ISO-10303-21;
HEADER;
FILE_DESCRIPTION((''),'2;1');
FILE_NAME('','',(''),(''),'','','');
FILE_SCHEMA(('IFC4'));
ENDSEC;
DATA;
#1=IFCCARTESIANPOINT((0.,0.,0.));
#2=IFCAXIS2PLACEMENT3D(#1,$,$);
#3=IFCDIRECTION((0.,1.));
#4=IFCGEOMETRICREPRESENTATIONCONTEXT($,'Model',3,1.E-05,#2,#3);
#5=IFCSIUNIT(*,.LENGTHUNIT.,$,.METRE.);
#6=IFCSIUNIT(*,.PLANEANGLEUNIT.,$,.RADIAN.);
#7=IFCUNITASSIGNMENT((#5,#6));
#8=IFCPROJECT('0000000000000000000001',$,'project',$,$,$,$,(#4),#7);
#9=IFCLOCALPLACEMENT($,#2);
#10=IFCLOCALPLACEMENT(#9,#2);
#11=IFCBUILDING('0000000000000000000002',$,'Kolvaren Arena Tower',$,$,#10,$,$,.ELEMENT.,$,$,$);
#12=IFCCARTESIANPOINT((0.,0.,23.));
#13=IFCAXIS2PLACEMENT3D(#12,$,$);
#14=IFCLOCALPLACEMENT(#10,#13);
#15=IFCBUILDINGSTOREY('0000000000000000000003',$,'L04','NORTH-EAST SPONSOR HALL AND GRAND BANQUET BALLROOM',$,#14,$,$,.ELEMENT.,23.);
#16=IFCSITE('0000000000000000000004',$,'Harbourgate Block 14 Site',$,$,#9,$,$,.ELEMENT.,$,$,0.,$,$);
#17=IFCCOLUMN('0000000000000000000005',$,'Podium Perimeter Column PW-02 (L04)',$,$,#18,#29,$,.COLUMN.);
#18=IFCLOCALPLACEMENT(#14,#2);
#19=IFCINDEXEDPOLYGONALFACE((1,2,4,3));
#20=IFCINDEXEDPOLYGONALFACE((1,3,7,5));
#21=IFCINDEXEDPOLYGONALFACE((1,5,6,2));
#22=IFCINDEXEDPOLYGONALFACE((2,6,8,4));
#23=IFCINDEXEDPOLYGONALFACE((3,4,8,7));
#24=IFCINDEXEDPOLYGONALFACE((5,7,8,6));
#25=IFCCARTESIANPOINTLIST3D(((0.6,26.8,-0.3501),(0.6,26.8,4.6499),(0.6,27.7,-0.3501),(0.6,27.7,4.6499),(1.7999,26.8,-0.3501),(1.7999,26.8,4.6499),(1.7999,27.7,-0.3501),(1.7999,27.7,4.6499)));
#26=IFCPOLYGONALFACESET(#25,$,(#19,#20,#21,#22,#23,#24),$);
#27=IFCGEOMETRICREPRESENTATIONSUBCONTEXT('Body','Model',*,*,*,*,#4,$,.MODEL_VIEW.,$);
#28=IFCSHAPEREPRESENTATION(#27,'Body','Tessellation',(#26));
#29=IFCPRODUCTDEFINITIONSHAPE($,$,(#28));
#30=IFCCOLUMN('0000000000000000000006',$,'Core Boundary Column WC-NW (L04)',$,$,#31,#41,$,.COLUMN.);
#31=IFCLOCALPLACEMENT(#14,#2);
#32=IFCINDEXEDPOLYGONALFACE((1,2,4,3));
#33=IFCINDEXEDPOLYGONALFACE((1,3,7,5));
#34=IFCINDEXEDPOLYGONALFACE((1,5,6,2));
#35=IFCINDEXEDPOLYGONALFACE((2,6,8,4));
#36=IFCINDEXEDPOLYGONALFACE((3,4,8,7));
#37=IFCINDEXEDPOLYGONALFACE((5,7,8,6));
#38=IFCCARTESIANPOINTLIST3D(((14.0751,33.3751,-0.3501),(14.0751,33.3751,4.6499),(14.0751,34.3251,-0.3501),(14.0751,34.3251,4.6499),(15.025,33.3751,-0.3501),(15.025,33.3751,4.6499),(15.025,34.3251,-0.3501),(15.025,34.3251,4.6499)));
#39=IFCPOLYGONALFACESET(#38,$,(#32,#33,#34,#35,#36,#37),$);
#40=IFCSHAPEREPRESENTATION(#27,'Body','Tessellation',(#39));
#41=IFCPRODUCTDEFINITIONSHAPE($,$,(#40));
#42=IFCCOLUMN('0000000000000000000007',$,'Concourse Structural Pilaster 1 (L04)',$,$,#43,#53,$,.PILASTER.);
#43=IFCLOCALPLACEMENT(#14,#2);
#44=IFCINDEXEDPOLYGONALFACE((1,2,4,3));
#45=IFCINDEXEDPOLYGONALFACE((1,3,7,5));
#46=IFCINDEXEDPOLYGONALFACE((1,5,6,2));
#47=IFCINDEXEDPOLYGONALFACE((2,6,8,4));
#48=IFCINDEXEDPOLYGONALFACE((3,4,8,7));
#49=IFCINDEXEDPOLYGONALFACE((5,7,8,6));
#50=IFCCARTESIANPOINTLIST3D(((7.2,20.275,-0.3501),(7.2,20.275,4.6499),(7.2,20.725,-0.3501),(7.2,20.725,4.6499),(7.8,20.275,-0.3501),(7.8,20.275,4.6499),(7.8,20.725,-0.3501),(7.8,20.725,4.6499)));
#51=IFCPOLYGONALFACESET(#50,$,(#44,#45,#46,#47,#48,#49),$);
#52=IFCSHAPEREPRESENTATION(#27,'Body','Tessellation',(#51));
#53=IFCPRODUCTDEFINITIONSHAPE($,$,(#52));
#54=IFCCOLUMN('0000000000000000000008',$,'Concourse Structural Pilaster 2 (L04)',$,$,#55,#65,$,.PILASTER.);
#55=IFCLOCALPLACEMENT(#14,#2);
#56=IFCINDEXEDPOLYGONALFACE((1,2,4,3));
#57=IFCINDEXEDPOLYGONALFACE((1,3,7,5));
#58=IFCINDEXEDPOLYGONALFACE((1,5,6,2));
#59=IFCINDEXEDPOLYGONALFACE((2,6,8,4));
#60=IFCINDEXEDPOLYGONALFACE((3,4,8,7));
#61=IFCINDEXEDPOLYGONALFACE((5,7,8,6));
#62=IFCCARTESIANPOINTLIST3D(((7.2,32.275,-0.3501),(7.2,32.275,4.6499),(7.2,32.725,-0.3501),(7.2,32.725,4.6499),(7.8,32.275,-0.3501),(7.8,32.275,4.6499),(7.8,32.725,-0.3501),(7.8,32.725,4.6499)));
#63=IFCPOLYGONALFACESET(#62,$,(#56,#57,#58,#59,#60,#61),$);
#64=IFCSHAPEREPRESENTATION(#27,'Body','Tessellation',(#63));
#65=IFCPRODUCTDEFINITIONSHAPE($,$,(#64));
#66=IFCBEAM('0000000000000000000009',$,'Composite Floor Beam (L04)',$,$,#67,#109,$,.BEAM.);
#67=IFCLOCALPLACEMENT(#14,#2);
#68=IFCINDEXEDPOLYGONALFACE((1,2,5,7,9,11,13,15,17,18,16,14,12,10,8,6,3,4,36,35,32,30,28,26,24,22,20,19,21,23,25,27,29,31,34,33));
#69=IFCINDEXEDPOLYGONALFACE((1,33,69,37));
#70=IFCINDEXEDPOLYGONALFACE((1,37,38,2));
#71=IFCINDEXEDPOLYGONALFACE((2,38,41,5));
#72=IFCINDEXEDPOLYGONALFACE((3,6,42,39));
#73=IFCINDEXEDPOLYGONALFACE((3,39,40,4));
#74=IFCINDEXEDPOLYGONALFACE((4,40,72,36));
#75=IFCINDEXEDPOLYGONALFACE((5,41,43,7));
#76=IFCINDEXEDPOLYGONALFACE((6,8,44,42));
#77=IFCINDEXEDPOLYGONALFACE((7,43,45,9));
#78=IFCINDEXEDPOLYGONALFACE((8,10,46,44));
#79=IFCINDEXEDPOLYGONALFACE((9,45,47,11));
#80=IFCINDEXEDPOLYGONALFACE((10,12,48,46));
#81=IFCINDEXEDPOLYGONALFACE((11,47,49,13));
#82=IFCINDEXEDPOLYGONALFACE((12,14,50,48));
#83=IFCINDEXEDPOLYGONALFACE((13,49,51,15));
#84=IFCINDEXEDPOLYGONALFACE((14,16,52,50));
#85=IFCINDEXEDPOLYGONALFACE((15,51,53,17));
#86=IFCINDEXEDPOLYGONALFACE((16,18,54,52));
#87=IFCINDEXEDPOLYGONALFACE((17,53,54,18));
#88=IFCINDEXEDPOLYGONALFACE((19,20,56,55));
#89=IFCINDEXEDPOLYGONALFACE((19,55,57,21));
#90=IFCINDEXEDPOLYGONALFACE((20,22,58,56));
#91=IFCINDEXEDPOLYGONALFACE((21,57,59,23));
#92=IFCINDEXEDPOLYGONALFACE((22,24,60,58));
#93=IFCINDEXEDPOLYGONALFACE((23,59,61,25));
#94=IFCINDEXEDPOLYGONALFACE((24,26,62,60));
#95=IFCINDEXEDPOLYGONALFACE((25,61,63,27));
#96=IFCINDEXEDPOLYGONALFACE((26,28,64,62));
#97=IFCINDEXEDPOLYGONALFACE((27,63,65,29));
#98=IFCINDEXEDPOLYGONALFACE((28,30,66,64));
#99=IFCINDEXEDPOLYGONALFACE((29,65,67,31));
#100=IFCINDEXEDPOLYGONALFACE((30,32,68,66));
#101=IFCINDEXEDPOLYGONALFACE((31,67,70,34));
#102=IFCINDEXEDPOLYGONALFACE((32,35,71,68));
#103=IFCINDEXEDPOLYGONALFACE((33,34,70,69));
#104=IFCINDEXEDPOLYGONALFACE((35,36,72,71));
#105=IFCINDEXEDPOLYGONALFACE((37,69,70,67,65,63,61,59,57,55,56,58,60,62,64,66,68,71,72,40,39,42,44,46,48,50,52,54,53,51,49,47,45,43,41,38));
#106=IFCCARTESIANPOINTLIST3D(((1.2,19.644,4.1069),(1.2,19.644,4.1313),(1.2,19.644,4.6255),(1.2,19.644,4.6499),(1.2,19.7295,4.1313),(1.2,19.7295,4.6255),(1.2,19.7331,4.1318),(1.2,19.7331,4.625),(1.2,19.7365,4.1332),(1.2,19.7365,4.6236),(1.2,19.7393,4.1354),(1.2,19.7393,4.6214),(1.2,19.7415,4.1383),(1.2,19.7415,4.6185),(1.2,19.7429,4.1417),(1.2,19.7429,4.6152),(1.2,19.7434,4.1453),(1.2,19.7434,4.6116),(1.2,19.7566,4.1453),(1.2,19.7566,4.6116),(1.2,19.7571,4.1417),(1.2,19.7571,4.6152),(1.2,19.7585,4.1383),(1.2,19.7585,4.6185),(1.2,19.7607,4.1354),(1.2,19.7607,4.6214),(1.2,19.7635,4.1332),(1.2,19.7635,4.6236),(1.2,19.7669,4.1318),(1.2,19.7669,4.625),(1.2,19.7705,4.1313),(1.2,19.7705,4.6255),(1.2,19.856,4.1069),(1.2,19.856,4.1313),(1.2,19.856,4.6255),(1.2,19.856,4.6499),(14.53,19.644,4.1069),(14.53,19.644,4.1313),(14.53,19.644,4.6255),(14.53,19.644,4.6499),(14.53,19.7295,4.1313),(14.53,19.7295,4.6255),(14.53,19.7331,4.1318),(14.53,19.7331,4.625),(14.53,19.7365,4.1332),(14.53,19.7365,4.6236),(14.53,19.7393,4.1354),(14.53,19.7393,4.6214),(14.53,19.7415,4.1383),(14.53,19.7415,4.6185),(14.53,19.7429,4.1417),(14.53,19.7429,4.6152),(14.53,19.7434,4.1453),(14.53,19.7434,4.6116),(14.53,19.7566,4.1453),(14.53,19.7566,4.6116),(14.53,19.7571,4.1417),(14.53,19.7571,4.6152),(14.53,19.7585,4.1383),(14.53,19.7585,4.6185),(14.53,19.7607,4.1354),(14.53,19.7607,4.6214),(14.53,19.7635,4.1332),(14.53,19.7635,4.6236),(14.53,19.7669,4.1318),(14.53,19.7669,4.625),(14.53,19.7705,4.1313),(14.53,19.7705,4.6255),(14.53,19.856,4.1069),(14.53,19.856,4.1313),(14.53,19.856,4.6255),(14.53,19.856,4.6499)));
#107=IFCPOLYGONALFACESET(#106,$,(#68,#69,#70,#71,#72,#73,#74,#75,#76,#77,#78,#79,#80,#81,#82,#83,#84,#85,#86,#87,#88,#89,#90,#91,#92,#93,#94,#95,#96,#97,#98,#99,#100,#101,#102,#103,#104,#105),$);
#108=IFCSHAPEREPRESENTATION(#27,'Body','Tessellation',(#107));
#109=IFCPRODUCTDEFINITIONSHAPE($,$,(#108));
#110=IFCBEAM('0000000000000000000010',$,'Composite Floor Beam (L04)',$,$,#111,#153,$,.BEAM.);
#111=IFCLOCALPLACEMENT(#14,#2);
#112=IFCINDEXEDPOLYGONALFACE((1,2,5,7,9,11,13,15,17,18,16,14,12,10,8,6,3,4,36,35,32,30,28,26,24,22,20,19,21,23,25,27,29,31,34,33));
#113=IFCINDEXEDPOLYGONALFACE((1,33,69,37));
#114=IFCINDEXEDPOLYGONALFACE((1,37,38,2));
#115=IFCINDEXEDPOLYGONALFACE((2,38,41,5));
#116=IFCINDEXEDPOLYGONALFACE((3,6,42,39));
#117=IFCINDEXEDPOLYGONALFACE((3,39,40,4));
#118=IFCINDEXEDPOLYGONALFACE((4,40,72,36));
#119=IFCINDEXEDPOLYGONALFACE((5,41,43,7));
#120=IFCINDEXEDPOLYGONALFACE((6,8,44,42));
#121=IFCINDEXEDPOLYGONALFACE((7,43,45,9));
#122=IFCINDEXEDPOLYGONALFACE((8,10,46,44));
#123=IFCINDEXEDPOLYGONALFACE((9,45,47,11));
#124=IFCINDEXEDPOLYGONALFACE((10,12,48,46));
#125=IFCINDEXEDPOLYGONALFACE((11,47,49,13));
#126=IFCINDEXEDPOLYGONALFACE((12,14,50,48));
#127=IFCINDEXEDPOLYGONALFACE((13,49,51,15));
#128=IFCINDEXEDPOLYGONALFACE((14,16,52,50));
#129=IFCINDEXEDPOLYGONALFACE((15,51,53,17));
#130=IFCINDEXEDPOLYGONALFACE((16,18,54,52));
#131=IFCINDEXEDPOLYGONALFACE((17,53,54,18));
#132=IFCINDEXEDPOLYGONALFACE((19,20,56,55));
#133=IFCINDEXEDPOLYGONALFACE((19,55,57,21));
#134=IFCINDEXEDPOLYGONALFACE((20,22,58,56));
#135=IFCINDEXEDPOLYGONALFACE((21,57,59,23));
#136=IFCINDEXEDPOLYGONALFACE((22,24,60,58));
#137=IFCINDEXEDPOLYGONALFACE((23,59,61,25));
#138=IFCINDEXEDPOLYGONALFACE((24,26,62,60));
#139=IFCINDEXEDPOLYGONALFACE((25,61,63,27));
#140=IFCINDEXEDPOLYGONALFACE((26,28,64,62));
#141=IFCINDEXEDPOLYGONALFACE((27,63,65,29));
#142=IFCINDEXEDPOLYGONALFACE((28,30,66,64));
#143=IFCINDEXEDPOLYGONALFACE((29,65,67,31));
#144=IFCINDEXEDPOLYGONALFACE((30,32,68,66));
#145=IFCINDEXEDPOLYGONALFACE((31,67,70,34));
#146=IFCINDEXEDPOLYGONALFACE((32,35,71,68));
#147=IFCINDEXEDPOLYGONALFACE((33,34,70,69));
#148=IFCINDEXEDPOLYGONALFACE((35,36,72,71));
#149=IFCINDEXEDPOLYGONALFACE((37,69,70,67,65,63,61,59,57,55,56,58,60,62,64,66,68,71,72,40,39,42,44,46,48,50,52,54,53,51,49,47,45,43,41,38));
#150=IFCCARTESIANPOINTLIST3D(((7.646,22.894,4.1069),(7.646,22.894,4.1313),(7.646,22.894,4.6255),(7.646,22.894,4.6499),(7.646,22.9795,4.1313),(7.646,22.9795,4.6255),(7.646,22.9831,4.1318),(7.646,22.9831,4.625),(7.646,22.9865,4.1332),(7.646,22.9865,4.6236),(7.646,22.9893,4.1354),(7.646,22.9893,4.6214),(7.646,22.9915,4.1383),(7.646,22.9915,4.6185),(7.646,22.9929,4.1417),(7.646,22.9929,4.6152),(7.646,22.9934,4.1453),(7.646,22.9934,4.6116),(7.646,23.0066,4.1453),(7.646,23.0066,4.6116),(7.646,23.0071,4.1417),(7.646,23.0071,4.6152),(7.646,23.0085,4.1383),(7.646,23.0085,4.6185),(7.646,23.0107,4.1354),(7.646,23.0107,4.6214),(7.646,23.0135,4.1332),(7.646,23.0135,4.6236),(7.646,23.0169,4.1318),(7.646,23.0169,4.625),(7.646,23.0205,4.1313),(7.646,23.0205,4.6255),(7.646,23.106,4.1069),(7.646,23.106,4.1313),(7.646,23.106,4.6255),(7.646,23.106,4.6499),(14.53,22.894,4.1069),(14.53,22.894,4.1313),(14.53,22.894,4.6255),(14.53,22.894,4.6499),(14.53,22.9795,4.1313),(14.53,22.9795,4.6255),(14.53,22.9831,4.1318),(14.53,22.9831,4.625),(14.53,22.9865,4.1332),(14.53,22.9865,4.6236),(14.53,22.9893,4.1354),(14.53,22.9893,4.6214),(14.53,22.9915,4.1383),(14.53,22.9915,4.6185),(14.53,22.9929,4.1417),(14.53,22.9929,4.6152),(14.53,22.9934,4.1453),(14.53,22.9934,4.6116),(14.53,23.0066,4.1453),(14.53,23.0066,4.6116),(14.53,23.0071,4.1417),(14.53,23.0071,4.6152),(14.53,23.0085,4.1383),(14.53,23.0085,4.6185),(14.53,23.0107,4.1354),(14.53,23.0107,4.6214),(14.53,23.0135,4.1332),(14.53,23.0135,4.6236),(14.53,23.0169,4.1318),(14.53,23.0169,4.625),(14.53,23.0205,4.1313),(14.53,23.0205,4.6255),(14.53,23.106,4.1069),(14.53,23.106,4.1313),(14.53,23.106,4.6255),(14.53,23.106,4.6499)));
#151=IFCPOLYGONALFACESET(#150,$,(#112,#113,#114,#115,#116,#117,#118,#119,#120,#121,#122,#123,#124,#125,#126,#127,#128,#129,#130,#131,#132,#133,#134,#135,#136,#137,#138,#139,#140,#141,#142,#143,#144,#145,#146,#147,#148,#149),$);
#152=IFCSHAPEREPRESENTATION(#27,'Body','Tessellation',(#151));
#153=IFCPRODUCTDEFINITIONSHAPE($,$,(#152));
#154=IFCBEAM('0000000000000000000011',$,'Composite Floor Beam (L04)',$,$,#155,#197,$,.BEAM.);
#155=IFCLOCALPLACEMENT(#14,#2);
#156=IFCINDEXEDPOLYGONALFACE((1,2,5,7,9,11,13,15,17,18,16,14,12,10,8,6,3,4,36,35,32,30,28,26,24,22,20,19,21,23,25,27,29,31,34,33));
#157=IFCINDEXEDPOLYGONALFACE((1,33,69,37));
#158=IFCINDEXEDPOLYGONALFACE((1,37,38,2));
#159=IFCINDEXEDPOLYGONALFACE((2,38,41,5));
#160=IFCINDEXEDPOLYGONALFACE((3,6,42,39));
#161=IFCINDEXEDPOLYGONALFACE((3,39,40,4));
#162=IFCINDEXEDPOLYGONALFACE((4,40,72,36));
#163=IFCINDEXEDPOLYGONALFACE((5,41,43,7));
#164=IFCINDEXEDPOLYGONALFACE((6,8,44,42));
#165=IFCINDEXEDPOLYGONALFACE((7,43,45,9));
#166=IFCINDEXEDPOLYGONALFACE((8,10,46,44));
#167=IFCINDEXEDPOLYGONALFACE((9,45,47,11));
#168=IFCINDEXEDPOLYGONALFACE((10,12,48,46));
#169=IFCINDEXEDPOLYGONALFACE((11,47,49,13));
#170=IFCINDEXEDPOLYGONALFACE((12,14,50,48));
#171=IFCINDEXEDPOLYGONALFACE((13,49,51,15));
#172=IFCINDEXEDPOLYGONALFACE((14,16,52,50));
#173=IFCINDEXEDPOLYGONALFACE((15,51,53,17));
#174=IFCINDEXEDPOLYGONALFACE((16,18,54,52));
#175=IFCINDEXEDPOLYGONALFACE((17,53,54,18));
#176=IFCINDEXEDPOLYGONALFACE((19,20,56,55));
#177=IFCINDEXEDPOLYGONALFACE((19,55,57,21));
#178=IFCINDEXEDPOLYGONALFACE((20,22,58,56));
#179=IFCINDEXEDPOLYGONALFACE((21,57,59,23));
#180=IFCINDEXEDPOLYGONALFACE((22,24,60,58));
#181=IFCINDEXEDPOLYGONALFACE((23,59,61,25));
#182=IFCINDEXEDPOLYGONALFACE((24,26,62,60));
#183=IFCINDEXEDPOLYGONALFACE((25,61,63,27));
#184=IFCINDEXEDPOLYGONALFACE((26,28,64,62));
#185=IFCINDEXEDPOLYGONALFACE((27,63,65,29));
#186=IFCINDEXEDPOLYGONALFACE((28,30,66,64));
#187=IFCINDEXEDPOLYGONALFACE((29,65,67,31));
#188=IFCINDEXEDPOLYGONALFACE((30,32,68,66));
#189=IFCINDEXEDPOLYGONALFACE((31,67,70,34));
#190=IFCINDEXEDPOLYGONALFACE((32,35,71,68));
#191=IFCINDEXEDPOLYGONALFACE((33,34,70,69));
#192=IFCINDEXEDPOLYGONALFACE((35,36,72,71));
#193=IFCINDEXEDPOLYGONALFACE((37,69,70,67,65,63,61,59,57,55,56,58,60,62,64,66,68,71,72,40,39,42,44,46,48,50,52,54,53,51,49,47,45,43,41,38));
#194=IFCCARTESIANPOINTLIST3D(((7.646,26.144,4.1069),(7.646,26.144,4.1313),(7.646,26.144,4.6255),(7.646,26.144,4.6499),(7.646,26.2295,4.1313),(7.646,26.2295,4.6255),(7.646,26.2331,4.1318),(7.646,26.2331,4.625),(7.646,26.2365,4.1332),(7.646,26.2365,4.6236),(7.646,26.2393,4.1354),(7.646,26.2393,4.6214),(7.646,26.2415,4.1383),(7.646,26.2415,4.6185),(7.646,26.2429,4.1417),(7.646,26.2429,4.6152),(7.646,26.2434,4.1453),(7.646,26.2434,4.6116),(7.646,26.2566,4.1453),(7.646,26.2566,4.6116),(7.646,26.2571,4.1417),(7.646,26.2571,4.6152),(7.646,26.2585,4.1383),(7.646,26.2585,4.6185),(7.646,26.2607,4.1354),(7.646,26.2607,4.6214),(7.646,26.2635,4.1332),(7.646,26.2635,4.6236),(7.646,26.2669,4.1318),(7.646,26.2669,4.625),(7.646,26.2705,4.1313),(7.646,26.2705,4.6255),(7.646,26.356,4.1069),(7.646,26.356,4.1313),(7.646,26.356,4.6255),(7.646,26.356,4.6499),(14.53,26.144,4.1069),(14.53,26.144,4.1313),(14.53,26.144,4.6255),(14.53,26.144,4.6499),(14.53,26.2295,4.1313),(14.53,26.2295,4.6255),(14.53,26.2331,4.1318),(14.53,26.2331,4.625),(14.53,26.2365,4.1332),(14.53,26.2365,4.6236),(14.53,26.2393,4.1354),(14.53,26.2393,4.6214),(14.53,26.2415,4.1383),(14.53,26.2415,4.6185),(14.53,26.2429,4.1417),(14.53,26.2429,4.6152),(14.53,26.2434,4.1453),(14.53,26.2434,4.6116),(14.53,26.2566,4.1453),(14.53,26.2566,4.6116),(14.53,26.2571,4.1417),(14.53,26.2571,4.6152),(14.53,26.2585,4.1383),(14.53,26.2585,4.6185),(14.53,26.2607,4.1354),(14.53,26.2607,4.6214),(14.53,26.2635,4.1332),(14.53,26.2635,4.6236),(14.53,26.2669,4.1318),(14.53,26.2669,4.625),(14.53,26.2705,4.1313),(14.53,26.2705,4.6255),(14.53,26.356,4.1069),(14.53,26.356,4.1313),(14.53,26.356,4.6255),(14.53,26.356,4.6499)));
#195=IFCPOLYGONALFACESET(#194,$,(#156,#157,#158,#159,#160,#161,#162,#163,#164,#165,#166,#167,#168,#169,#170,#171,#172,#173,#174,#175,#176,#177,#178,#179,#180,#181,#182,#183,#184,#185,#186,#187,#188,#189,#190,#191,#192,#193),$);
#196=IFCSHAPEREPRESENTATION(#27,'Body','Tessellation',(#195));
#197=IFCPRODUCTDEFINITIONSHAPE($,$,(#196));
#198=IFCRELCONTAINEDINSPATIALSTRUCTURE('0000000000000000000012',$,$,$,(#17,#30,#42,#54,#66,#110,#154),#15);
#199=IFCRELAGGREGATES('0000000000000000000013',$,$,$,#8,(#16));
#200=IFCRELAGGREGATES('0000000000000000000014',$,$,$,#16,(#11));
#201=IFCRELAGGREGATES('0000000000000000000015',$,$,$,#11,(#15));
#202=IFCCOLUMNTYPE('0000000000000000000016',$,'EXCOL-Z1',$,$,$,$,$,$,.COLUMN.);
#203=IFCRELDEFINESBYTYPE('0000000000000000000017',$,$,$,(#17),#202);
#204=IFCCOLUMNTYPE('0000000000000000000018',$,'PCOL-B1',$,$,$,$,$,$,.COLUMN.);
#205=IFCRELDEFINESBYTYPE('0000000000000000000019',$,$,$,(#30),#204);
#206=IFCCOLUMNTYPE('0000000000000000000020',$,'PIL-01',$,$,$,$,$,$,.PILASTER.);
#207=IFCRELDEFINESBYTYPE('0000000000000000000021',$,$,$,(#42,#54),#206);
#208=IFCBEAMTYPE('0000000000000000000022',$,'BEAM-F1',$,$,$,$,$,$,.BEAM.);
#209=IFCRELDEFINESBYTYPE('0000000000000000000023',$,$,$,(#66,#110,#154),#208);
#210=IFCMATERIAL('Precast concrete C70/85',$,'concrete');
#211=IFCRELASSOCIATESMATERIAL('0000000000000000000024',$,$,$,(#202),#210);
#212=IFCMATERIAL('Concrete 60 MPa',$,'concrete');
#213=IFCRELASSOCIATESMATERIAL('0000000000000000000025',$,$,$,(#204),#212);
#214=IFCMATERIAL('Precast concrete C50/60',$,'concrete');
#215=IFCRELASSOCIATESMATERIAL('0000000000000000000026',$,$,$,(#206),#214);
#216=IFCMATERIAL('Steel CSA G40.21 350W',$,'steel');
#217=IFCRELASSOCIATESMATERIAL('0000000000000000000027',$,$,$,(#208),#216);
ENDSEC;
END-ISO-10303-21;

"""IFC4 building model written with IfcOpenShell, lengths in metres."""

from ifc_helpers import new_model, si_unit, direction, frame, origin, origin_2d, place, context, subcontext, project, spatial, rectangle, i_section, extrude, material, material_profile, profile_set, type_object, element, save


model = new_model("IFC4")

# Units and contexts
model_context = context("Model", 3, precision=1e-05, world=origin(), true_north=direction((0.0, 1.0)))
body_context = subcontext(model_context, "Body", "Model", "MODEL_VIEW")
ifc_project = project(units=[si_unit("LENGTHUNIT", "METRE"), si_unit("PLANEANGLEUNIT", "RADIAN")], contexts=[model_context])

# Site, building, storey
site_placement = place(None, origin())
site = spatial("IfcSite", under=ifc_project, at=site_placement, Name="Harbourgate Block 14 Site", CompositionType="ELEMENT", RefElevation=0.0)
building_placement = place(site_placement, origin())
building = spatial("IfcBuilding", under=site, at=building_placement, Name="Kolvaren Arena Tower", CompositionType="ELEMENT")
storey_placement = place(building_placement, frame((0.0, 0.0, 23.0)))
storey = spatial("IfcBuildingStorey", under=building, at=storey_placement, Name="L04", Description="NORTH-EAST SPONSOR HALL AND GRAND BANQUET BALLROOM", CompositionType="ELEMENT", Elevation=23.0)

# Columns
ifc_material_1 = material(Name="Precast concrete C70/85", Category="concrete")
ifc_material_profile_1 = material_profile(ifc_material_1, rectangle(XDim=1.2, YDim=0.8999, at=origin_2d()), Name="RC-1200x900")
ifc_profile_set_1 = profile_set([ifc_material_profile_1], Name="Precast concrete C70/85")
column_type_1 = type_object("IfcColumnType", Name="EXCOL-Z1", PredefinedType="COLUMN", material=ifc_profile_set_1)
column_1_placement = place(storey_placement, frame((1.2, 27.25, -0.3501), z_axis=(0.0, 0.0, 1.0), x_axis=(1.0, 0.0, 0.0)))
element("IfcColumn", 1, at=column_1_placement, inside=storey, type_object=column_type_1, Name="Podium Perimeter Column PW-02 (L04)", PredefinedType="COLUMN", context=body_context, shape_type="SweptSolid", body=[
    extrude(rectangle(XDim=1.2, YDim=0.8999, at=origin_2d()), origin(), (0.0, 0.0, 1.0), 5.0),
])
ifc_material_2 = material(Name="Concrete 60 MPa", Category="concrete")
ifc_material_profile_2 = material_profile(ifc_material_2, rectangle(XDim=0.95, YDim=0.95, at=origin_2d()), Name="RC-950x950")
ifc_profile_set_2 = profile_set([ifc_material_profile_2], Name="Concrete 60 MPa")
column_type_2 = type_object("IfcColumnType", Name="PCOL-B1", PredefinedType="COLUMN", material=ifc_profile_set_2)
column_2_placement = place(storey_placement, frame((14.55, 33.8501, -0.3501), z_axis=(0.0, 0.0, 1.0), x_axis=(1.0, 0.0, 0.0)))
element("IfcColumn", 2, at=column_2_placement, inside=storey, type_object=column_type_2, Name="Core Boundary Column WC-NW (L04)", PredefinedType="COLUMN", context=body_context, shape_type="SweptSolid", body=[
    extrude(rectangle(XDim=0.95, YDim=0.95, at=origin_2d()), origin(), (0.0, 0.0, 1.0), 5.0),
])
ifc_material_3 = material(Name="Precast concrete C50/60", Category="concrete")
ifc_material_profile_3 = material_profile(ifc_material_3, rectangle(XDim=0.6001, YDim=0.45, at=origin_2d()), Name="RC-600x450")
ifc_profile_set_3 = profile_set([ifc_material_profile_3], Name="Precast concrete C50/60")
column_type_3 = type_object("IfcColumnType", Name="PIL-01", PredefinedType="PILASTER", material=ifc_profile_set_3)
for number, where, z_axis, x_axis, name in (
    (3, (7.5, 20.5, -0.3501), (0.0, 0.0, 1.0), (1.0, 0.0, 0.0), "Concourse Structural Pilaster 1 (L04)"),
    (4, (7.5, 32.5, -0.3501), (0.0, 0.0, 1.0), (1.0, 0.0, 0.0), "Concourse Structural Pilaster 2 (L04)"),
):
    element("IfcColumn", number, at=place(storey_placement, frame(where, z_axis=z_axis, x_axis=x_axis)), inside=storey, type_object=column_type_3, Name=name, PredefinedType="PILASTER", context=body_context, shape_type="SweptSolid", body=[
        extrude(rectangle(XDim=0.6001, YDim=0.45, at=origin_2d()), origin(), (0.0, 0.0, 1.0), 5.0),
    ])

# Beams
ifc_material_4 = material(Name="Steel CSA G40.21 350W", Category="steel")
ifc_material_profile_4 = material_profile(ifc_material_4, i_section(OverallWidth=0.2119, OverallDepth=0.543, WebThickness=0.0132, FlangeThickness=0.0244, FilletRadius=0.0139, at=origin_2d()), Name="W530x150")
ifc_profile_set_4 = profile_set([ifc_material_profile_4], Name="Steel CSA G40.21 350W")
beam_type_1 = type_object("IfcBeamType", Name="BEAM-F1", PredefinedType="BEAM", material=ifc_profile_set_4)
beam_1_placement = place(storey_placement, frame((1.2, 19.75, 4.3784), z_axis=(1.0, 0.0, 0.0), x_axis=(0.0, 1.0, 0.0)))
element("IfcBeam", 5, at=beam_1_placement, inside=storey, type_object=beam_type_1, Name="Composite Floor Beam (L04)", PredefinedType="BEAM", context=body_context, shape_type="SweptSolid", body=[
    extrude(i_section(OverallWidth=0.2119, OverallDepth=0.543, WebThickness=0.0132, FlangeThickness=0.0244, FilletRadius=0.0139, at=origin_2d()), origin(), (0.0, 0.0, 1.0), 13.3301),
])
for number, where, z_axis, x_axis, name in (
    (6, (7.646, 23.0, 4.3784), (1.0, 0.0, 0.0), (0.0, 1.0, 0.0), "Composite Floor Beam (L04)"),
    (7, (7.646, 26.25, 4.3784), (1.0, 0.0, 0.0), (0.0, 1.0, 0.0), "Composite Floor Beam (L04)"),
):
    element("IfcBeam", number, at=place(storey_placement, frame(where, z_axis=z_axis, x_axis=x_axis)), inside=storey, type_object=beam_type_1, Name=name, PredefinedType="BEAM", context=body_context, shape_type="SweptSolid", body=[
        extrude(i_section(OverallWidth=0.2119, OverallDepth=0.543, WebThickness=0.0132, FlangeThickness=0.0244, FilletRadius=0.0139, at=origin_2d()), origin(), (0.0, 0.0, 1.0), 6.884),
    ])

save(model, "model.ifc")
